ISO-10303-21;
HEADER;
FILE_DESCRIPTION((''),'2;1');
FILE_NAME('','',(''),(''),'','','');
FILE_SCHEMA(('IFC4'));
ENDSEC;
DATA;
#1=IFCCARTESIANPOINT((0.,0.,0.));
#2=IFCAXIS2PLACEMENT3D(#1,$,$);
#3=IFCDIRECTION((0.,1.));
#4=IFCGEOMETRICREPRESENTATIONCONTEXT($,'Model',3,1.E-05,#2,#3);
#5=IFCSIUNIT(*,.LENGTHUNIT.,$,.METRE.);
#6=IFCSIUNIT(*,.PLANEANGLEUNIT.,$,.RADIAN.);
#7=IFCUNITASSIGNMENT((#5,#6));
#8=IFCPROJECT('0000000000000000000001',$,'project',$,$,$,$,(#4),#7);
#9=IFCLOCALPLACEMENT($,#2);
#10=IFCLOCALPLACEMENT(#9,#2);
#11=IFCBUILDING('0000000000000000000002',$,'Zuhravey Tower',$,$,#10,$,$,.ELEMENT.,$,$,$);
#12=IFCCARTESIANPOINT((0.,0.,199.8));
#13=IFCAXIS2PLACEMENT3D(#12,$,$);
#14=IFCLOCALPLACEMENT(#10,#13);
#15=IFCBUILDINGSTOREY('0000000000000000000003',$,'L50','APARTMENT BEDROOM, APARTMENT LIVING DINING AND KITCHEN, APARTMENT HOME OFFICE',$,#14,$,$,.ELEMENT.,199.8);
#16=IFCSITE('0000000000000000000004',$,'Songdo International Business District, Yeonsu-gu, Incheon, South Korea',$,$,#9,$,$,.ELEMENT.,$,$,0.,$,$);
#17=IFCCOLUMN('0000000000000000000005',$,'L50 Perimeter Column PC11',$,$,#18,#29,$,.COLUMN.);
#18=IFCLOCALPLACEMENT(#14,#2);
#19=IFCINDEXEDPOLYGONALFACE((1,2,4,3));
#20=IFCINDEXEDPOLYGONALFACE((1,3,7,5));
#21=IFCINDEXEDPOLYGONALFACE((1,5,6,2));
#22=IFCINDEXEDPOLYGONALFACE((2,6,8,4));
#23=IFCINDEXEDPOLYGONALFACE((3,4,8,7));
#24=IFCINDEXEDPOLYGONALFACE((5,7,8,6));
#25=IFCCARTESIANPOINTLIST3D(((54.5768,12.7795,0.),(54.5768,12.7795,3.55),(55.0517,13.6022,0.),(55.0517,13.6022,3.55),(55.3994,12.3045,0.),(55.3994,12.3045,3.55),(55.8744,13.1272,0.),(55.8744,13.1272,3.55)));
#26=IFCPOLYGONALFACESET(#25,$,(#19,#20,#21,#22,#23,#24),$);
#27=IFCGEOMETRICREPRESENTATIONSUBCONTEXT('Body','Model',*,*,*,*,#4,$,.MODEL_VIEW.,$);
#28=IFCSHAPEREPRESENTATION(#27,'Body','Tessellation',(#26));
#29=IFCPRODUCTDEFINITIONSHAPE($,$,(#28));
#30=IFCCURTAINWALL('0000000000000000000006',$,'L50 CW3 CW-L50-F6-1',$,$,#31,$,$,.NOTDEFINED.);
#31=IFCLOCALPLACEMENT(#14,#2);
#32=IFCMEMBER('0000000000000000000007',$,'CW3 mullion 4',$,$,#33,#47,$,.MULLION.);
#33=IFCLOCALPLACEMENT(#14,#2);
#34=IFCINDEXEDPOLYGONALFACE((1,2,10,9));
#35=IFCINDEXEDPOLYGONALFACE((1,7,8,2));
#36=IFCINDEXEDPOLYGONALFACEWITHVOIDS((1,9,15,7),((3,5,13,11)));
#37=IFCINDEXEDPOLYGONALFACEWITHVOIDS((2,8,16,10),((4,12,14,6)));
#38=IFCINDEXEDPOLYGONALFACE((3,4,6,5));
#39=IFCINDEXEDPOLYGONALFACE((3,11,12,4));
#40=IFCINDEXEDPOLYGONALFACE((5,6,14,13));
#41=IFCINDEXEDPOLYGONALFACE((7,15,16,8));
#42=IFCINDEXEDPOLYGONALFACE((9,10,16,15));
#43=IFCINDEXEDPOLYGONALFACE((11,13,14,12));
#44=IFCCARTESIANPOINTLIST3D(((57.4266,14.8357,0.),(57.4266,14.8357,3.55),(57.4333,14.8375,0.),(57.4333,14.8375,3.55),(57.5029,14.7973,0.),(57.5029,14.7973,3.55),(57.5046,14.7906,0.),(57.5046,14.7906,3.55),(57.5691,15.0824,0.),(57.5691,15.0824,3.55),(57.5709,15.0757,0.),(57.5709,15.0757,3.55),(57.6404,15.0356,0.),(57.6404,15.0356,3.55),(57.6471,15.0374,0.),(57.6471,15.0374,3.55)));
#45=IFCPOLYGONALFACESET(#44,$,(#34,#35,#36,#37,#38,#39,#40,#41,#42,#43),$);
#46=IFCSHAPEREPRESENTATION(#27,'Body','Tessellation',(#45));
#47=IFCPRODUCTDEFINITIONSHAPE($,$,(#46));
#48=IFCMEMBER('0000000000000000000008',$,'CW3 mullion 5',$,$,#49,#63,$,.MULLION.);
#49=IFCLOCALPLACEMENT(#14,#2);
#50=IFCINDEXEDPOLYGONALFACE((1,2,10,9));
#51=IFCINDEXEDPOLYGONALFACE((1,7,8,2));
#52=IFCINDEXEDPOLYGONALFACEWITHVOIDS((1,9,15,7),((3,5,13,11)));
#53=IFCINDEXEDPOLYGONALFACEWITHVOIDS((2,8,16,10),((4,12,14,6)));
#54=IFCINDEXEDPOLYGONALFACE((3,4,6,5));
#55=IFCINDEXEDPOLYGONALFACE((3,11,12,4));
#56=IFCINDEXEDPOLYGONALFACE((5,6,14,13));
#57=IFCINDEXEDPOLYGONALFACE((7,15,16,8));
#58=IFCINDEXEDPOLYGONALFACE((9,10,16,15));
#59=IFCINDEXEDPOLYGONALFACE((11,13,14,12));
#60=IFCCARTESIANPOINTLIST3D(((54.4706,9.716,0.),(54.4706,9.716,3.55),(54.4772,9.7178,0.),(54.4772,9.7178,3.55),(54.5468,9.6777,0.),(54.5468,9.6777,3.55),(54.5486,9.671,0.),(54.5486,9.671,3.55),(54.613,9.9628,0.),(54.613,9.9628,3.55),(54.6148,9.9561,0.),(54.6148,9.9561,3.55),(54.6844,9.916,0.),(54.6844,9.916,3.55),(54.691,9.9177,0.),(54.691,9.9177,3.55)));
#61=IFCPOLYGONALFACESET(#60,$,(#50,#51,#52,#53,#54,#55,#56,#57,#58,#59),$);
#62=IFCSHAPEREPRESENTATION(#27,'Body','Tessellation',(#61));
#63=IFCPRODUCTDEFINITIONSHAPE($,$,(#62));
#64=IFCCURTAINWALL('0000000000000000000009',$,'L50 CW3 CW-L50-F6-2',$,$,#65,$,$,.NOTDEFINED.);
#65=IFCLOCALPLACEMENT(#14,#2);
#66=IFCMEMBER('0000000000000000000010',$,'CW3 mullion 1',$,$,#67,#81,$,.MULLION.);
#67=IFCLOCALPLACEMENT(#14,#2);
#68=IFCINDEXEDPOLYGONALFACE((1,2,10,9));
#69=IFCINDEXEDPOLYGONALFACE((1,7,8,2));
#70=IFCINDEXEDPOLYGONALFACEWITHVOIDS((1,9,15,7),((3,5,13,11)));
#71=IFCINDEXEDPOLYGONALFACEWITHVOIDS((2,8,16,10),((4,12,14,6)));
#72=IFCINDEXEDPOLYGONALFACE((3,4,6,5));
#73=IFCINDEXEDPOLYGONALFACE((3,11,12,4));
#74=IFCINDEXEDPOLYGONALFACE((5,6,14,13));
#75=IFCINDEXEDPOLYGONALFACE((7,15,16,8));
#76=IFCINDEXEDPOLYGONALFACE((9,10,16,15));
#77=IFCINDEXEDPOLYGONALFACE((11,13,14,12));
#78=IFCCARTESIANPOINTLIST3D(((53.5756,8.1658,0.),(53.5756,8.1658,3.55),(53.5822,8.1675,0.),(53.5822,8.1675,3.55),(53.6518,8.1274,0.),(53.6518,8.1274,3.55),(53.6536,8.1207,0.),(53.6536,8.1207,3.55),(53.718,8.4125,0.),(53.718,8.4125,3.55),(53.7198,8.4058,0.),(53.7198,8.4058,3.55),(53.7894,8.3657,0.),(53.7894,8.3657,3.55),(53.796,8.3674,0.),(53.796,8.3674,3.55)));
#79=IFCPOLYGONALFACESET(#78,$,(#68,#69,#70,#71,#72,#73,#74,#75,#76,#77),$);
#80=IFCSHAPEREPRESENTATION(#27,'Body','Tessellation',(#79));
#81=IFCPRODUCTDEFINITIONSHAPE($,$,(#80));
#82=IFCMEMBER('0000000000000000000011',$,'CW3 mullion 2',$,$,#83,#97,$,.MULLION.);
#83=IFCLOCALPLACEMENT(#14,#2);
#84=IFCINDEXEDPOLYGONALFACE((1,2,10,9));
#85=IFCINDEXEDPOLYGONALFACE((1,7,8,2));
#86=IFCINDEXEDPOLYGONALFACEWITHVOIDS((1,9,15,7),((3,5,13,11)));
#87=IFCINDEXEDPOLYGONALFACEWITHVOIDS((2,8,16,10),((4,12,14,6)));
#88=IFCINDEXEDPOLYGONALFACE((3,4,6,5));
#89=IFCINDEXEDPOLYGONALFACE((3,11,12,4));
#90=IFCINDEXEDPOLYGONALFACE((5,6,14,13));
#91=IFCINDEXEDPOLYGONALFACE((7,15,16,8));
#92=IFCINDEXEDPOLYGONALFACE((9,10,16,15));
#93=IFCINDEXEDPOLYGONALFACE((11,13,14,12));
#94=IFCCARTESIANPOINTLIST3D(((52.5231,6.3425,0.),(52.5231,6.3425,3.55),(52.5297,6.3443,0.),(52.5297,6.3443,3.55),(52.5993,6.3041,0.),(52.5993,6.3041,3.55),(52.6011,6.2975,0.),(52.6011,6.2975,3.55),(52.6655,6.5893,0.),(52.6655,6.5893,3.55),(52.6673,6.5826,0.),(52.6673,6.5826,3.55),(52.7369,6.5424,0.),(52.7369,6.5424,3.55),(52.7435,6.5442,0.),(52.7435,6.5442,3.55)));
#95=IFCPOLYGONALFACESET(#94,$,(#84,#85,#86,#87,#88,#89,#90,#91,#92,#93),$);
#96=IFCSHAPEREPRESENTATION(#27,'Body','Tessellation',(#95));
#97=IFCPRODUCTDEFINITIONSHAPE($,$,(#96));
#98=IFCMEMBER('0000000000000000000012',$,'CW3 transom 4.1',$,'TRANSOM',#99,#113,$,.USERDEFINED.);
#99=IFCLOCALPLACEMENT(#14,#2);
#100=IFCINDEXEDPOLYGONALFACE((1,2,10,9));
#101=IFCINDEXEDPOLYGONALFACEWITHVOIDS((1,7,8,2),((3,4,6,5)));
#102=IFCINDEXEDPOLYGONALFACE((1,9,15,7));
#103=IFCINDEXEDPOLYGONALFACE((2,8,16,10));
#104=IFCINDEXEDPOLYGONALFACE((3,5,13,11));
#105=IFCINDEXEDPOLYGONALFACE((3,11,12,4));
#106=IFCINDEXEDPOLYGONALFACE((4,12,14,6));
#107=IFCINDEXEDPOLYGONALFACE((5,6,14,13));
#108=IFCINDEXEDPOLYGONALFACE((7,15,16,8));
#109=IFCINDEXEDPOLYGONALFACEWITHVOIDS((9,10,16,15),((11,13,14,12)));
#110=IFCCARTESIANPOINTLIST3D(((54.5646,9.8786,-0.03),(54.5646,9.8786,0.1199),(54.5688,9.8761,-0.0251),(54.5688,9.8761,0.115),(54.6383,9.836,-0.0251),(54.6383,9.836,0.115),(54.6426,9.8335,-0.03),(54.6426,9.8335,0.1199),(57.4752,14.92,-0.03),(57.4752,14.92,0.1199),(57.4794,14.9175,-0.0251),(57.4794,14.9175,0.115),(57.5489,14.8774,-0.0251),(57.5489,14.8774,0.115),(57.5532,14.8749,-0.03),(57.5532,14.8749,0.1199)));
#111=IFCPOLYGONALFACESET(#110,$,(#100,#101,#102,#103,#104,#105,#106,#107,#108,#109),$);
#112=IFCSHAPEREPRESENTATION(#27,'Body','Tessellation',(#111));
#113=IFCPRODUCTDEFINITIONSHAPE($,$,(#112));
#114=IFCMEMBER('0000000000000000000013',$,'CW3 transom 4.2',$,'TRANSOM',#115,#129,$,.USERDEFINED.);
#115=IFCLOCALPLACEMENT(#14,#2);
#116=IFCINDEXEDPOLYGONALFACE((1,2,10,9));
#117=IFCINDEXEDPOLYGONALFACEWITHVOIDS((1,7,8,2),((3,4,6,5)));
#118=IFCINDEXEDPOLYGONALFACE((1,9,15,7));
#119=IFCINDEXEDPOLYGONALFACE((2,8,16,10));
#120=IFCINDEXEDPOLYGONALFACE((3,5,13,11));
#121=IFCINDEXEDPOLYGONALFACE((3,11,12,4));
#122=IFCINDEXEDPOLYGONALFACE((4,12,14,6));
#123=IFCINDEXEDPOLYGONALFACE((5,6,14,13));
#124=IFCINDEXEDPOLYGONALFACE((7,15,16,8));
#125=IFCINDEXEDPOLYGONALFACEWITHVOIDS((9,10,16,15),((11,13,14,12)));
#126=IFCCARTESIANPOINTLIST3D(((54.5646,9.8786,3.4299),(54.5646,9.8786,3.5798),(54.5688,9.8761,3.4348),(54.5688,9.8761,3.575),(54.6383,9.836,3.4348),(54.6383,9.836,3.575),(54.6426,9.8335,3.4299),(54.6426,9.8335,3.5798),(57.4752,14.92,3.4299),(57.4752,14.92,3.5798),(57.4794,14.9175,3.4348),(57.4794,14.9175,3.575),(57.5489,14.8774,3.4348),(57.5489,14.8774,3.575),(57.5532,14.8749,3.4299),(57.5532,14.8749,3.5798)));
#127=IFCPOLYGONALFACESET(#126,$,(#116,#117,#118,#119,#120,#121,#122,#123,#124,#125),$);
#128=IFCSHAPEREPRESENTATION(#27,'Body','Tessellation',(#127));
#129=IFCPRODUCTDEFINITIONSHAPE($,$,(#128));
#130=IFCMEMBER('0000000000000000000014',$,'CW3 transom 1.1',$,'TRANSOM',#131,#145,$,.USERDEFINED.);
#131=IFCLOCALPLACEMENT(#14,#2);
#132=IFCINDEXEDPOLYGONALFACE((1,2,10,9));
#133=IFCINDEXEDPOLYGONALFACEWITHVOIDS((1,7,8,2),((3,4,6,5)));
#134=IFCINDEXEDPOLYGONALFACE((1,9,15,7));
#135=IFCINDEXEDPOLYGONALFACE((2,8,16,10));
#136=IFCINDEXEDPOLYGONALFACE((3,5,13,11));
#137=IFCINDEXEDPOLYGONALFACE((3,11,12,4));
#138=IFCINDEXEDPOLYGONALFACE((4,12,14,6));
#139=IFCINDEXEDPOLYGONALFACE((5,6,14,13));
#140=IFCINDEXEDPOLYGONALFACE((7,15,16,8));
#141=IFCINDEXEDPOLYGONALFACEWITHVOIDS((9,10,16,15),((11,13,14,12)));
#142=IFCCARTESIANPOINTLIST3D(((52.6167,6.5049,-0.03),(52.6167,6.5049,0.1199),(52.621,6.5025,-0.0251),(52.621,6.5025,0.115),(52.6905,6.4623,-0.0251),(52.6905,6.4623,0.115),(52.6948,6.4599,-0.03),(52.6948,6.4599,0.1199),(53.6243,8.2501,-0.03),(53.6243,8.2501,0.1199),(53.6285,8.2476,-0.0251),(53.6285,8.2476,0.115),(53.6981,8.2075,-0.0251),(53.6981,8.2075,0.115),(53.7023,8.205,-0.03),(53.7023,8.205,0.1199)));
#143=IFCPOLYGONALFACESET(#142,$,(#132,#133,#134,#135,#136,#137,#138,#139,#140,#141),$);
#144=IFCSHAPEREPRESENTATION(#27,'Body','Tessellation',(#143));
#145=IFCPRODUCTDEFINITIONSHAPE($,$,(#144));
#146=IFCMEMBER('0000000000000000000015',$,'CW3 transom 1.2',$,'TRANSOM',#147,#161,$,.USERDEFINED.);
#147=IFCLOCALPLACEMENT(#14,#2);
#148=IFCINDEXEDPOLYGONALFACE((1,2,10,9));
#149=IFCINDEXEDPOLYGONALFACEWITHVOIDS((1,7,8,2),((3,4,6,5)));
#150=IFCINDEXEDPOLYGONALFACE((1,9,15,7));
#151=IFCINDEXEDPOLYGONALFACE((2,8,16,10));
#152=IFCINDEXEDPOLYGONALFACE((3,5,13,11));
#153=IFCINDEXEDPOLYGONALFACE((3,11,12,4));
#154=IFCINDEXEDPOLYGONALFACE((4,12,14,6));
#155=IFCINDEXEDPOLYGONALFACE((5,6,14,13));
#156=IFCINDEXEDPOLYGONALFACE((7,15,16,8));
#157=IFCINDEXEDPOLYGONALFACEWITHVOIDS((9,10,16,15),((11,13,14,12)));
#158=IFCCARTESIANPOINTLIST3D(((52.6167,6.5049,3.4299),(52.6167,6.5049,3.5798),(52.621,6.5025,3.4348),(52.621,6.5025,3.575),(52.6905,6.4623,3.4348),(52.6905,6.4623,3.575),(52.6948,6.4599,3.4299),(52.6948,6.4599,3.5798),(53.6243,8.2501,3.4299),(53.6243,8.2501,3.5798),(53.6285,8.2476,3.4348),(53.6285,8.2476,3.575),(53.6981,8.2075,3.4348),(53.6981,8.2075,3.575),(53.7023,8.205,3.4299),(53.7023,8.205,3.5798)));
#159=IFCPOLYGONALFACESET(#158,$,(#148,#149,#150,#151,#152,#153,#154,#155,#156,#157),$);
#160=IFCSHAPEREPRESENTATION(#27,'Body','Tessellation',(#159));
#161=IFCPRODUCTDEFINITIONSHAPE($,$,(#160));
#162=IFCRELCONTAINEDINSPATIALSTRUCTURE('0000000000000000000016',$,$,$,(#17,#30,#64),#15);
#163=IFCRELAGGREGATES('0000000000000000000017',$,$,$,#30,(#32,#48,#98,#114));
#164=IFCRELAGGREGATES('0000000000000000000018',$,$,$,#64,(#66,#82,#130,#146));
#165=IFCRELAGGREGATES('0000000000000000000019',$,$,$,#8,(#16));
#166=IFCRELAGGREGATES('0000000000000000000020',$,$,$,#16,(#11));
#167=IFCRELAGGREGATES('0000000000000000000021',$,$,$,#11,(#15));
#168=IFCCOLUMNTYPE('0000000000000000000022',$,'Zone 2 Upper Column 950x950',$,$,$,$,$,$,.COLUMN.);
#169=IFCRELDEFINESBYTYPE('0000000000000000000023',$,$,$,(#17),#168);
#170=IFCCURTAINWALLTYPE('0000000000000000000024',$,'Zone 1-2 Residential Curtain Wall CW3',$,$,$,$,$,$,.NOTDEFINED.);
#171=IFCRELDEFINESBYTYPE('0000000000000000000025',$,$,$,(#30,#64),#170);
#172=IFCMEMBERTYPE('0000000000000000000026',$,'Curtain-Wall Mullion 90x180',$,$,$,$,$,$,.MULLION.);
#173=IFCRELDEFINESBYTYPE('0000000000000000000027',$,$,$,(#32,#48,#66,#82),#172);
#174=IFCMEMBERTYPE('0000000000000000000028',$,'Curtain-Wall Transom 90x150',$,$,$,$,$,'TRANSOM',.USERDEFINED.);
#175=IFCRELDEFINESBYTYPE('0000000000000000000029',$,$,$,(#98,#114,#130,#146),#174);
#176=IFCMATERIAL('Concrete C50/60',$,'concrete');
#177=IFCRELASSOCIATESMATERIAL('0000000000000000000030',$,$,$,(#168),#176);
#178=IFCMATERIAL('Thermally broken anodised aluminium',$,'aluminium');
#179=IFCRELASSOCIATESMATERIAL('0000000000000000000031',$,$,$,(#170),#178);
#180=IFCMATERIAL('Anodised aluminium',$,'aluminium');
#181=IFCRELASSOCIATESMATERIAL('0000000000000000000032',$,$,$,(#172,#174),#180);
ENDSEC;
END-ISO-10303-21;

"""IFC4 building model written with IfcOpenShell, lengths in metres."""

from ifc_helpers import new_model, si_unit, direction, frame, origin, origin_2d, place, context, subcontext, project, spatial, rectangle, hollow_rectangle, extrude, material, material_profile, profile_set, type_object, element, aggregate, save


model = new_model("IFC4")

# Units and contexts
model_context = context("Model", 3, precision=1e-05, world=origin(), true_north=direction((0.0, 1.0)))
body_context = subcontext(model_context, "Body", "Model", "MODEL_VIEW")
ifc_project = project(units=[si_unit("LENGTHUNIT", "METRE"), si_unit("PLANEANGLEUNIT", "RADIAN")], contexts=[model_context])

# Site, building, storey
site_placement = place(None, origin())
site = spatial("IfcSite", under=ifc_project, at=site_placement, Name="Songdo International Business District, Yeonsu-gu, Incheon, South Korea", CompositionType="ELEMENT", RefElevation=0.0)
building_placement = place(site_placement, origin())
building = spatial("IfcBuilding", under=site, at=building_placement, Name="Zuhravey Tower", CompositionType="ELEMENT")
storey_placement = place(building_placement, frame((0.0, 0.0, 199.8)))
storey = spatial("IfcBuildingStorey", under=building, at=storey_placement, Name="L50", Description="APARTMENT BEDROOM, APARTMENT LIVING DINING AND KITCHEN, APARTMENT HOME OFFICE", CompositionType="ELEMENT", Elevation=199.8)

# Column
ifc_material_1 = material(Name="Concrete C50/60", Category="concrete")
ifc_material_profile_1 = material_profile(ifc_material_1, rectangle(XDim=0.95, YDim=0.95, at=origin_2d()), Name="RC-950x950")
ifc_profile_set_1 = profile_set([ifc_material_profile_1], Name="Concrete C50/60")
column_type = type_object("IfcColumnType", Name="Zone 2 Upper Column 950x950", PredefinedType="COLUMN", material=ifc_profile_set_1)
column_placement = place(storey_placement, frame((55.2256, 12.9534, 0.0), z_axis=(0.0, 0.0, 1.0), x_axis=(0.5, 0.866025, 0.0)))
element("IfcColumn", 1, at=column_placement, inside=storey, type_object=column_type, Name="L50 Perimeter Column PC11", PredefinedType="COLUMN", context=body_context, shape_type="SweptSolid", body=[
    extrude(rectangle(XDim=0.95, YDim=0.95, at=origin_2d()), origin(), (0.0, 0.0, 1.0), 3.55),
])

# Curtain walls, members
ifc_material_2 = material(Name="Thermally broken anodised aluminium", Category="aluminium")
curtain_wall_type = type_object("IfcCurtainWallType", Name="Zone 1-2 Residential Curtain Wall CW3", PredefinedType="NOTDEFINED", material=ifc_material_2)
curtain_wall_1_placement = place(storey_placement, origin())
curtain_wall_1 = element("IfcCurtainWall", 2, at=curtain_wall_1_placement, inside=storey, type_object=curtain_wall_type, Name="L50 CW3 CW-L50-F6-1", PredefinedType="NOTDEFINED")
ifc_material_3 = material(Name="Anodised aluminium", Category="aluminium")
ifc_material_profile_2 = material_profile(ifc_material_3, hollow_rectangle(XDim=0.0901, YDim=0.2849, WallThickness=0.0049, at=origin_2d()), Name="ALU-RHS-90x285x5")
ifc_profile_set_2 = profile_set([ifc_material_profile_2], Name="Anodised aluminium")
member_type_1 = type_object("IfcMemberType", Name="Curtain-Wall Mullion 90x180", PredefinedType="MULLION", material=ifc_profile_set_2)
member_1_placement = place(storey_placement, frame((57.5369, 14.9365, 0.0), z_axis=(0.0, 0.0, 1.0), x_axis=(0.866025, -0.5, 0.0)))
member_1 = element("IfcMember", 3, at=member_1_placement, type_object=member_type_1, Name="CW3 mullion 4", PredefinedType="MULLION", context=body_context, shape_type="SweptSolid", body=[
    extrude(hollow_rectangle(XDim=0.0901, YDim=0.2849, WallThickness=0.0049, at=origin_2d()), origin(), (0.0, 0.0, 1.0), 3.55),
])
member_2_placement = place(storey_placement, frame((54.5808, 9.8169, 0.0), z_axis=(0.0, 0.0, 1.0), x_axis=(0.866025, -0.5, 0.0)))
member_2 = element("IfcMember", 4, at=member_2_placement, type_object=member_type_1, Name="CW3 mullion 5", PredefinedType="MULLION", context=body_context, shape_type="SweptSolid", body=[
    extrude(hollow_rectangle(XDim=0.0901, YDim=0.2849, WallThickness=0.0049, at=origin_2d()), origin(), (0.0, 0.0, 1.0), 3.55),
])
curtain_wall_2_placement = place(storey_placement, origin())
curtain_wall_2 = element("IfcCurtainWall", 5, at=curtain_wall_2_placement, inside=storey, type_object=curtain_wall_type, Name="L50 CW3 CW-L50-F6-2", PredefinedType="NOTDEFINED")
member_3_placement = place(storey_placement, frame((53.6858, 8.2666, 0.0), z_axis=(0.0, 0.0, 1.0), x_axis=(0.866017, -0.500014, 0.0)))
member_3 = element("IfcMember", 6, at=member_3_placement, type_object=member_type_1, Name="CW3 mullion 1", PredefinedType="MULLION", context=body_context, shape_type="SweptSolid", body=[
    extrude(hollow_rectangle(XDim=0.0901, YDim=0.2849, WallThickness=0.0049, at=origin_2d()), origin(), (0.0, 0.0, 1.0), 3.55),
])
member_4_placement = place(storey_placement, frame((52.6333, 6.4434, 0.0), z_axis=(0.0, 0.0, 1.0), x_axis=(0.866017, -0.500014, 0.0)))
member_4 = element("IfcMember", 7, at=member_4_placement, type_object=member_type_1, Name="CW3 mullion 2", PredefinedType="MULLION", context=body_context, shape_type="SweptSolid", body=[
    extrude(hollow_rectangle(XDim=0.0901, YDim=0.2849, WallThickness=0.0049, at=origin_2d()), origin(), (0.0, 0.0, 1.0), 3.55),
])

# Members
ifc_material_profile_3 = material_profile(ifc_material_3, hollow_rectangle(XDim=0.0901, YDim=0.1499, WallThickness=0.0049, at=origin_2d()), Name="ALU-RHS-90x150x5")
ifc_profile_set_3 = profile_set([ifc_material_profile_3], Name="Anodised aluminium")
member_type_2 = type_object("IfcMemberType", Name="Curtain-Wall Transom 90x150", ElementType="TRANSOM", PredefinedType="USERDEFINED", material=ifc_profile_set_3)
member_5_placement = place(storey_placement, frame((57.5142, 14.8975, 0.0449), z_axis=(-0.499991, -0.866031, 0.0), x_axis=(0.866031, -0.499991, 0.0)))
member_5 = element("IfcMember", 8, at=member_5_placement, type_object=member_type_2, Name="CW3 transom 4.1", ObjectType="TRANSOM", PredefinedType="USERDEFINED", context=body_context, shape_type="SweptSolid", body=[
    extrude(hollow_rectangle(XDim=0.0901, YDim=0.1499, WallThickness=0.0049, at=origin_2d()), origin(), (0.0, 0.0, 1.0), 5.8213),
])
member_6_placement = place(storey_placement, frame((57.5142, 14.8975, 3.5049), z_axis=(-0.499991, -0.866031, 0.0), x_axis=(0.866031, -0.499991, 0.0)))
member_6 = element("IfcMember", 9, at=member_6_placement, type_object=member_type_2, Name="CW3 transom 4.2", ObjectType="TRANSOM", PredefinedType="USERDEFINED", context=body_context, shape_type="SweptSolid", body=[
    extrude(hollow_rectangle(XDim=0.0901, YDim=0.1499, WallThickness=0.0049, at=origin_2d()), origin(), (0.0, 0.0, 1.0), 5.8213),
])
member_7_placement = place(storey_placement, frame((53.6633, 8.2275, 0.0449), z_axis=(-0.500009, -0.86602, 0.0), x_axis=(0.86602, -0.500009, 0.0)))
member_7 = element("IfcMember", 10, at=member_7_placement, type_object=member_type_2, Name="CW3 transom 1.1", ObjectType="TRANSOM", PredefinedType="USERDEFINED", context=body_context, shape_type="SweptSolid", body=[
    extrude(hollow_rectangle(XDim=0.0901, YDim=0.1499, WallThickness=0.0049, at=origin_2d()), origin(), (0.0, 0.0, 1.0), 2.0151),
])
member_8_placement = place(storey_placement, frame((53.6633, 8.2275, 3.5049), z_axis=(-0.500009, -0.86602, 0.0), x_axis=(0.86602, -0.500009, 0.0)))
member_8 = element("IfcMember", 11, at=member_8_placement, type_object=member_type_2, Name="CW3 transom 1.2", ObjectType="TRANSOM", PredefinedType="USERDEFINED", context=body_context, shape_type="SweptSolid", body=[
    extrude(hollow_rectangle(XDim=0.0901, YDim=0.1499, WallThickness=0.0049, at=origin_2d()), origin(), (0.0, 0.0, 1.0), 2.0151),
])

aggregate(curtain_wall_1, [member_1, member_2, member_5, member_6])
aggregate(curtain_wall_2, [member_3, member_4, member_7, member_8])

save(model, "model.ifc")
